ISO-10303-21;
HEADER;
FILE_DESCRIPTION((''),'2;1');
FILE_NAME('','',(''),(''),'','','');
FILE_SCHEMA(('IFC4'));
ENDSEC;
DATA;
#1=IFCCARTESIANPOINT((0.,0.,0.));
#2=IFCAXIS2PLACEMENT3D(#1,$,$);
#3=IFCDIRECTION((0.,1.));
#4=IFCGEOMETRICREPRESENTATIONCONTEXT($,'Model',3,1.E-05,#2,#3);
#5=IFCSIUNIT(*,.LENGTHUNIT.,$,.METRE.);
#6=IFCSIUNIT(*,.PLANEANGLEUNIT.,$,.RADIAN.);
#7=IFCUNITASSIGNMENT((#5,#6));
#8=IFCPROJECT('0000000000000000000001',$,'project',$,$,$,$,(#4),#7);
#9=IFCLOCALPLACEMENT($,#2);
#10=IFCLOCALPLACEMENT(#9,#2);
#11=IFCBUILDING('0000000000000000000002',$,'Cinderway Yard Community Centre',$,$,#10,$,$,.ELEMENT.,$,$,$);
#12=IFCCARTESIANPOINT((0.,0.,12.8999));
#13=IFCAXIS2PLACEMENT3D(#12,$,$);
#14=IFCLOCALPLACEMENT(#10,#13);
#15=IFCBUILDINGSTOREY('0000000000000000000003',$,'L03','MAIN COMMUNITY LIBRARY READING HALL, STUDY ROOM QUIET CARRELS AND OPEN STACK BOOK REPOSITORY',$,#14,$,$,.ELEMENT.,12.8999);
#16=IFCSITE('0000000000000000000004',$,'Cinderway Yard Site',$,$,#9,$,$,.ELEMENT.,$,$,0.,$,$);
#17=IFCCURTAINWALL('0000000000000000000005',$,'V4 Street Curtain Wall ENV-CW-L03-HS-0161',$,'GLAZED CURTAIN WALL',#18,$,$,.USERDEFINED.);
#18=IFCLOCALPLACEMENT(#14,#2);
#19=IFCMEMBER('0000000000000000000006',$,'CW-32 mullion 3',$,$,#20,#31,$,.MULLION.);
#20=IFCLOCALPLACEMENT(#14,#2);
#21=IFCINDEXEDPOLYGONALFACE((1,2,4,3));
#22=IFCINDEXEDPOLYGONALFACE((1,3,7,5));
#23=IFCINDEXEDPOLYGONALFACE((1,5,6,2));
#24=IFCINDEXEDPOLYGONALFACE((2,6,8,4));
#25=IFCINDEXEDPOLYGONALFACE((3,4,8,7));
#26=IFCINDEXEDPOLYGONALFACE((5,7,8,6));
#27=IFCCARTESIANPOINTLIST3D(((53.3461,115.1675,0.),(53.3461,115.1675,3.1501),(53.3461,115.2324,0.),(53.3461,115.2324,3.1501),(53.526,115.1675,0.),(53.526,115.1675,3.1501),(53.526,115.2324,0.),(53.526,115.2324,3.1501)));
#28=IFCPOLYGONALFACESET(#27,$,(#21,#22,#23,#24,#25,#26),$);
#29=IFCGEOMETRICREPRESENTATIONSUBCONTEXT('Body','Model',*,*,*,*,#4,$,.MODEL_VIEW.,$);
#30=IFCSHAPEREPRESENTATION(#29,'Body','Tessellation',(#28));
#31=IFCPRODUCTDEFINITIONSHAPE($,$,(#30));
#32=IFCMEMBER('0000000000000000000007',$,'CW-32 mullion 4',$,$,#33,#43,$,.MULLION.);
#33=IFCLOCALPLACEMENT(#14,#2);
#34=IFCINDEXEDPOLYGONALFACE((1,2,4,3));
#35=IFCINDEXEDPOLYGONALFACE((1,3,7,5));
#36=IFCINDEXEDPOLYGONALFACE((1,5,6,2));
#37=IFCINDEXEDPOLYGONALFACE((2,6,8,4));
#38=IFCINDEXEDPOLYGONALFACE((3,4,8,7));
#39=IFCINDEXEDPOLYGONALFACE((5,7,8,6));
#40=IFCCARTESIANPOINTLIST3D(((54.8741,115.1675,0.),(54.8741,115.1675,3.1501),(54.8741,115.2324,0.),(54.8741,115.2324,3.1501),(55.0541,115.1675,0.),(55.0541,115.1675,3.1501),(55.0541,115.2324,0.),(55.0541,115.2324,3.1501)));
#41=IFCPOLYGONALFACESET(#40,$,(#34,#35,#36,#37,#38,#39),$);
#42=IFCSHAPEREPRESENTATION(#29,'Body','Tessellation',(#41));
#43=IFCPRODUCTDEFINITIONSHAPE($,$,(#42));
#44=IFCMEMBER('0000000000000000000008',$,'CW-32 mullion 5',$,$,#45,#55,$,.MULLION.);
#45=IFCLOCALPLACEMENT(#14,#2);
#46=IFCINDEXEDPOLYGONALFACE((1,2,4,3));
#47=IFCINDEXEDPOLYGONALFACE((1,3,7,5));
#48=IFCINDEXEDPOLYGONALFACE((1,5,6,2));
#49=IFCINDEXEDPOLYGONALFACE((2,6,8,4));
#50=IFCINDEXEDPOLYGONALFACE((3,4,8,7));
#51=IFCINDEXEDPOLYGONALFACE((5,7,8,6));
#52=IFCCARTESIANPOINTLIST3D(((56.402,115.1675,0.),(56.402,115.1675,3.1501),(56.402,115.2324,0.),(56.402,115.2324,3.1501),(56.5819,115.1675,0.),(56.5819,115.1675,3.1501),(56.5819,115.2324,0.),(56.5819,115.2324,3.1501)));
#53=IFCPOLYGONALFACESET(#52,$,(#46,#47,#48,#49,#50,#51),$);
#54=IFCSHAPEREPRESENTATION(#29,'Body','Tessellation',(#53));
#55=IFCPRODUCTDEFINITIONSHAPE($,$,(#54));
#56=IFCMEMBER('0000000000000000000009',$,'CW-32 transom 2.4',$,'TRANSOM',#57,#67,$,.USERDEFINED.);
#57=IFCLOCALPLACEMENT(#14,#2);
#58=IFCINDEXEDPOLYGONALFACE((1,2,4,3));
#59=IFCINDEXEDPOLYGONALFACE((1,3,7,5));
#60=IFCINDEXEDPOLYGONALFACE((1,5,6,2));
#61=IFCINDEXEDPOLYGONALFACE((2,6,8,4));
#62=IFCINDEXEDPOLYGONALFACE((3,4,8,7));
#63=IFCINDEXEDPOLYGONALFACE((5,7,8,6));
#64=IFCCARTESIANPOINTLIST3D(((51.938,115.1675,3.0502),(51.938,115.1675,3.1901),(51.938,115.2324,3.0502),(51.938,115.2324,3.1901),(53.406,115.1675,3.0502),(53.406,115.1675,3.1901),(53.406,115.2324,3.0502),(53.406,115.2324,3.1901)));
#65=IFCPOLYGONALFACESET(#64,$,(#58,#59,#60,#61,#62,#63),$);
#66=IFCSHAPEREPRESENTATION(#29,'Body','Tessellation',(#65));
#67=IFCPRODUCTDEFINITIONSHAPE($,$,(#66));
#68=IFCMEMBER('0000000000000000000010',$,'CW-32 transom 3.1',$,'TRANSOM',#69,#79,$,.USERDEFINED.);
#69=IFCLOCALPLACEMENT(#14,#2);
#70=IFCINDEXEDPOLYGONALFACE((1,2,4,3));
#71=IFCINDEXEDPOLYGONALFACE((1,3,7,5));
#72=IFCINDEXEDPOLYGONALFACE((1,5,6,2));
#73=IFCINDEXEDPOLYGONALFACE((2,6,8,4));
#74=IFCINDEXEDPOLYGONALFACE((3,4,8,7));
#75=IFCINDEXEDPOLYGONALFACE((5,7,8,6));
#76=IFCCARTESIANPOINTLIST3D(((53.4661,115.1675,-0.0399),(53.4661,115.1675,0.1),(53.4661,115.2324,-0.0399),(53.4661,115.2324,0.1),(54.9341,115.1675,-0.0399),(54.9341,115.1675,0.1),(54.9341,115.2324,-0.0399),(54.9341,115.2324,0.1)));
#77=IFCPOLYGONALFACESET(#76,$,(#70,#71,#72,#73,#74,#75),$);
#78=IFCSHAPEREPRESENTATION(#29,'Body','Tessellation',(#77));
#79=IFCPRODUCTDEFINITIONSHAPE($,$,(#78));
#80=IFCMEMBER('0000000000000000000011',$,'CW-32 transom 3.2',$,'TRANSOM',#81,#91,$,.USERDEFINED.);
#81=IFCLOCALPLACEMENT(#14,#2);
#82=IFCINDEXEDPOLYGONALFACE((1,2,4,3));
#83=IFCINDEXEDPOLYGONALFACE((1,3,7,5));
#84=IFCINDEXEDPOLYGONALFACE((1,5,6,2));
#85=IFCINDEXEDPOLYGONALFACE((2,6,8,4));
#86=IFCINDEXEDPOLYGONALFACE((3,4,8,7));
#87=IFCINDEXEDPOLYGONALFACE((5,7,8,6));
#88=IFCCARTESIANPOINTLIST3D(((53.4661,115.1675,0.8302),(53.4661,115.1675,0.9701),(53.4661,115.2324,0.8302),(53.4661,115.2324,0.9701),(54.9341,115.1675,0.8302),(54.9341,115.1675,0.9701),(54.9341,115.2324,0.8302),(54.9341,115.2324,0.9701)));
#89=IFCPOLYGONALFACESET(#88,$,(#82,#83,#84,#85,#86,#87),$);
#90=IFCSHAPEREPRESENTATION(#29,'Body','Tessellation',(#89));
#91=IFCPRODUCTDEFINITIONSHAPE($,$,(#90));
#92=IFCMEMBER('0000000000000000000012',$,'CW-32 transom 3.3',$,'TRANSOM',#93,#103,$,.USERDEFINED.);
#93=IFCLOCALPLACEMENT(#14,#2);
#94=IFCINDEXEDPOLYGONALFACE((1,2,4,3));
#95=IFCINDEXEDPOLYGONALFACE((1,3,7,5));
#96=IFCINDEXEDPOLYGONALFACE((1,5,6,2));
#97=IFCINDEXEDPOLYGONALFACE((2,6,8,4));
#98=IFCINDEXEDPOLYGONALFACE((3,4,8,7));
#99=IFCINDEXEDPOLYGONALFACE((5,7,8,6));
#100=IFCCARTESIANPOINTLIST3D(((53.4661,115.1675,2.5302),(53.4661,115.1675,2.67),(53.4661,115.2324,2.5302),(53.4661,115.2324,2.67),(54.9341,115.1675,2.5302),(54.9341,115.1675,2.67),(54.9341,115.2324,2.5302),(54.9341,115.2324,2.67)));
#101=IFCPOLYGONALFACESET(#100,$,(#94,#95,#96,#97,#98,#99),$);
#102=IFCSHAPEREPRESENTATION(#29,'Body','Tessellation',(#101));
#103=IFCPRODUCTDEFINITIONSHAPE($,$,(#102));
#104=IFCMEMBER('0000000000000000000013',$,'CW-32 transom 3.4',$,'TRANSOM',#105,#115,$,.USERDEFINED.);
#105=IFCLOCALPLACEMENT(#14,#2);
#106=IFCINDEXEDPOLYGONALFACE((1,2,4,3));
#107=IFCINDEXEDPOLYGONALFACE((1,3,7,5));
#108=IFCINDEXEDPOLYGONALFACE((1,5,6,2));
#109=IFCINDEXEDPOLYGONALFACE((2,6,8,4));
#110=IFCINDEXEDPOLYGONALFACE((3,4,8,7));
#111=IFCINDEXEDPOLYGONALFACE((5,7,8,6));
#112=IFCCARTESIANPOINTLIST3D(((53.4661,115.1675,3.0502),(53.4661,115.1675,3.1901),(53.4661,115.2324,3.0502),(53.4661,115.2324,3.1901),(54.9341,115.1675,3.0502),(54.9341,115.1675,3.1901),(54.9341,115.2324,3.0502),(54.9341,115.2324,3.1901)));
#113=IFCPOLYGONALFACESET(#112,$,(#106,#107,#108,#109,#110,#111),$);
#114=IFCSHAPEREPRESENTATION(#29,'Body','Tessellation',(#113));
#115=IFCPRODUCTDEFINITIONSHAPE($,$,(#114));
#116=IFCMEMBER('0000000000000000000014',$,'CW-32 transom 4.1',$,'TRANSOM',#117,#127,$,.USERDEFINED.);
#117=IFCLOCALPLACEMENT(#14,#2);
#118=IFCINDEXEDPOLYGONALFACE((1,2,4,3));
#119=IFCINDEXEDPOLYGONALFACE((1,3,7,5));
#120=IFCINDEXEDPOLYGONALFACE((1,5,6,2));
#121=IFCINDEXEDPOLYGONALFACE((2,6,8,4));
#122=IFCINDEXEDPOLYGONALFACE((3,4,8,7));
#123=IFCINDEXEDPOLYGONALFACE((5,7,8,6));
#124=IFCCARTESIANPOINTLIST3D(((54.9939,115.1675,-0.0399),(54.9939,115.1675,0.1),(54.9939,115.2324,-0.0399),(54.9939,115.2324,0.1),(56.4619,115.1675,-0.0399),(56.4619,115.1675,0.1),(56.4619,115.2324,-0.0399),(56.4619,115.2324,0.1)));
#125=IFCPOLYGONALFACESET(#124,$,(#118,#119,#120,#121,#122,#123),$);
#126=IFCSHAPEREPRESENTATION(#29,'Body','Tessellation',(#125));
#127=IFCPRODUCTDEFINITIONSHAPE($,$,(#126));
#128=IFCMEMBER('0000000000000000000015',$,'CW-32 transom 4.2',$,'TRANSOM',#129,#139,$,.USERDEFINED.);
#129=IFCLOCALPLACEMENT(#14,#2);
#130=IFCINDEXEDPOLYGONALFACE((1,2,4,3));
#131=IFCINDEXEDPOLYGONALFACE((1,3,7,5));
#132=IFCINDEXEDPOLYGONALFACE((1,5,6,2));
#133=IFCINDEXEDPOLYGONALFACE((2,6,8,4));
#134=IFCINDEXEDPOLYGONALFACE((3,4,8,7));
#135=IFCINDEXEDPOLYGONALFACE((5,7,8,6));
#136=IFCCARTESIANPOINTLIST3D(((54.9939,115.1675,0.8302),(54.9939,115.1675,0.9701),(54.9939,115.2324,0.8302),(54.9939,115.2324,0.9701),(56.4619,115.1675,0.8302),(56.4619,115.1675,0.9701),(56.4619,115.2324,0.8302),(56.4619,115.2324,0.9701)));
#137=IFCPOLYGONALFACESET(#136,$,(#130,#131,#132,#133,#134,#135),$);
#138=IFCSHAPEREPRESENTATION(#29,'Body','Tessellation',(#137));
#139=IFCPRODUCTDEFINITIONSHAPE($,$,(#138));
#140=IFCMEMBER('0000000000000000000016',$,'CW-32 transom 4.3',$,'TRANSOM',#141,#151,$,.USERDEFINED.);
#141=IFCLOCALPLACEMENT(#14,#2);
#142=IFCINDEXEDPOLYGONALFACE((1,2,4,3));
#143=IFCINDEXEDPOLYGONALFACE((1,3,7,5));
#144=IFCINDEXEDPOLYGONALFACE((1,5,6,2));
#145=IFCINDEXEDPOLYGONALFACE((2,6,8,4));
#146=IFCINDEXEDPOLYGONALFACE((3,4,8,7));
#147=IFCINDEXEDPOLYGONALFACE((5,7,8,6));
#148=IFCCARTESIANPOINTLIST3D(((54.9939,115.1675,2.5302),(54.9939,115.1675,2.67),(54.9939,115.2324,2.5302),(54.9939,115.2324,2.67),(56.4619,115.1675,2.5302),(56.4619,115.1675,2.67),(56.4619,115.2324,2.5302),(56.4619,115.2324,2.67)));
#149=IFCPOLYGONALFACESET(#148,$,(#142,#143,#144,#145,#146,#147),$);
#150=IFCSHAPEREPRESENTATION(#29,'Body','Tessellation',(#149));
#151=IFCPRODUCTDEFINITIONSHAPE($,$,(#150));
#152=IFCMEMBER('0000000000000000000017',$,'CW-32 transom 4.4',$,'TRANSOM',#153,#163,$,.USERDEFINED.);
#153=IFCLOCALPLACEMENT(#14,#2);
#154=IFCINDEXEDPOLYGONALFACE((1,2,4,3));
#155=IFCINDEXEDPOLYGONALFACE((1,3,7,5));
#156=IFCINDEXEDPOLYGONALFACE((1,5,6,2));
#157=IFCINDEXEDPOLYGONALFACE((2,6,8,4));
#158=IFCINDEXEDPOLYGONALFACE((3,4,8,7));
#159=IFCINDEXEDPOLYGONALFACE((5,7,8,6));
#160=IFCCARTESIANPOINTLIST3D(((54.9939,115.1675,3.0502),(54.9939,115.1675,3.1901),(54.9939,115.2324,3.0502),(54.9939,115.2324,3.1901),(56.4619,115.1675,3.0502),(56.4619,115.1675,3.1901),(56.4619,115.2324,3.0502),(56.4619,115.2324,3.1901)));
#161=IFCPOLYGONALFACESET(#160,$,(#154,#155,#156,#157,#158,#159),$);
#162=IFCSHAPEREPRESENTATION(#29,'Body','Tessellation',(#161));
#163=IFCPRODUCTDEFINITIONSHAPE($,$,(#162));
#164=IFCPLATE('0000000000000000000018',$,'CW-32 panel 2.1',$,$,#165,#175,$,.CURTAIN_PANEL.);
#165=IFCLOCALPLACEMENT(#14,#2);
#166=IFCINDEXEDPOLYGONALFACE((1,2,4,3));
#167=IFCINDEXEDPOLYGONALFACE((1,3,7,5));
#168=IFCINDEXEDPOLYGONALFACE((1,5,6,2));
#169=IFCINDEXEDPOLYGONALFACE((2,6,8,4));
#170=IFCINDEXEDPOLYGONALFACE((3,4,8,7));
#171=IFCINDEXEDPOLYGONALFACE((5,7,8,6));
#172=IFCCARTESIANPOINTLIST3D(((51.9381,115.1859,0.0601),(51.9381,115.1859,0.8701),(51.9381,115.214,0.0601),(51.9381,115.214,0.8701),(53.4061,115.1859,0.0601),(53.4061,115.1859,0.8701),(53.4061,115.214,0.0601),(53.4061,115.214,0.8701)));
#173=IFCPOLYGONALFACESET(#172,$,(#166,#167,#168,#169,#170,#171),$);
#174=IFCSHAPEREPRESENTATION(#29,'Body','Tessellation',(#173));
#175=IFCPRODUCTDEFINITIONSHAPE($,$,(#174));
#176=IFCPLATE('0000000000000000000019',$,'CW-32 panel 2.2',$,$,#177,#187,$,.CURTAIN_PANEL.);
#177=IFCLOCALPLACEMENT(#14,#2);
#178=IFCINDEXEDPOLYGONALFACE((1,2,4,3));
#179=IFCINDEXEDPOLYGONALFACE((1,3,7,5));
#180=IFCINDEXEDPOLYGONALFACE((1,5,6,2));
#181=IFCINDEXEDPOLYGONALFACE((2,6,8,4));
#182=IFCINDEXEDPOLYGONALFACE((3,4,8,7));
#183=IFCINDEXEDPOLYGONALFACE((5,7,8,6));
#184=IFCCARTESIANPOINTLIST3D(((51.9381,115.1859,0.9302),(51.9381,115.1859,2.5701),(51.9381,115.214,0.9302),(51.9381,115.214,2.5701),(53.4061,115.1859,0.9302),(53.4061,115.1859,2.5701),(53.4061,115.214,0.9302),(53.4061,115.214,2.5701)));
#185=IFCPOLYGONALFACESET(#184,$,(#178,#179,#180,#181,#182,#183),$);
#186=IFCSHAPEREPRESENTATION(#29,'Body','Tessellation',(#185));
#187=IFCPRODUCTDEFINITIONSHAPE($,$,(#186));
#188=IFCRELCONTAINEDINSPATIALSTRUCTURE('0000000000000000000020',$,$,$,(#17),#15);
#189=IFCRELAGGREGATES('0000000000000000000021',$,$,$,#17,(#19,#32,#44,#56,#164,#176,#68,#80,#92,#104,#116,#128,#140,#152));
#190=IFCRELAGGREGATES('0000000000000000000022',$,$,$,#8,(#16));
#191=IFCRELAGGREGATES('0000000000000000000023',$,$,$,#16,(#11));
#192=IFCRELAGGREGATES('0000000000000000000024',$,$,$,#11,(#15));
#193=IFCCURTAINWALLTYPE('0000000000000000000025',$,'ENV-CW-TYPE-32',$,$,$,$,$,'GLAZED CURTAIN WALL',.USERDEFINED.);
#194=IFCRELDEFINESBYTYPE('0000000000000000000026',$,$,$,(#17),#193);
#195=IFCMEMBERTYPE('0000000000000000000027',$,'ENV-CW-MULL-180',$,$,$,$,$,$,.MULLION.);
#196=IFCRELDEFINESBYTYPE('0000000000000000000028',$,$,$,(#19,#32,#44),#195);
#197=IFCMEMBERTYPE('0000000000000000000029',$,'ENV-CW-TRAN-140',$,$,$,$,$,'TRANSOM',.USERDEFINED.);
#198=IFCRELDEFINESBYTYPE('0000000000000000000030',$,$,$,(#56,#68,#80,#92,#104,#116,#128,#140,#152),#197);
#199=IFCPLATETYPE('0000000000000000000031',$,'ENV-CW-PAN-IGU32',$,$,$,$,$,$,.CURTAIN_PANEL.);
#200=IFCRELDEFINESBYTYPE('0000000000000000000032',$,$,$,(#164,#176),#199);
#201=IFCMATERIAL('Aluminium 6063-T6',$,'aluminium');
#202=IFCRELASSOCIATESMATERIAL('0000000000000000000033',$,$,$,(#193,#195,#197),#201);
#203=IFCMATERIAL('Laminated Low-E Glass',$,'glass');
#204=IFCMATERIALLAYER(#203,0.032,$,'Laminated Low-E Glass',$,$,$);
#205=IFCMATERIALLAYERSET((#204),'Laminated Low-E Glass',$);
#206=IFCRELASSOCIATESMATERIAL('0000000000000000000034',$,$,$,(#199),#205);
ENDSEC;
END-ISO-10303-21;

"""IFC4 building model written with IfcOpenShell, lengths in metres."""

from ifc_helpers import new_model, si_unit, direction, frame, origin, origin_2d, place, context, subcontext, project, spatial, rectangle, extrude, material, layer, layer_set, material_profile, profile_set, type_object, element, aggregate, save


model = new_model("IFC4")

# Units and contexts
model_context = context("Model", 3, precision=1e-05, world=origin(), true_north=direction((0.0, 1.0)))
body_context = subcontext(model_context, "Body", "Model", "MODEL_VIEW")
ifc_project = project(units=[si_unit("LENGTHUNIT", "METRE"), si_unit("PLANEANGLEUNIT", "RADIAN")], contexts=[model_context])

# Site, building, storey
site_placement = place(None, origin())
site = spatial("IfcSite", under=ifc_project, at=site_placement, Name="Cinderway Yard Site", CompositionType="ELEMENT", RefElevation=0.0)
building_placement = place(site_placement, origin())
building = spatial("IfcBuilding", under=site, at=building_placement, Name="Cinderway Yard Community Centre", CompositionType="ELEMENT")
storey_placement = place(building_placement, frame((0.0, 0.0, 12.8999)))
storey = spatial("IfcBuildingStorey", under=building, at=storey_placement, Name="L03", Description="MAIN COMMUNITY LIBRARY READING HALL, STUDY ROOM QUIET CARRELS AND OPEN STACK BOOK REPOSITORY", CompositionType="ELEMENT", Elevation=12.8999)

# Curtain wall, members, plates
ifc_material_1 = material(Name="Aluminium 6063-T6", Category="aluminium")
curtain_wall_type = type_object("IfcCurtainWallType", Name="ENV-CW-TYPE-32", ElementType="GLAZED CURTAIN WALL", PredefinedType="USERDEFINED", material=ifc_material_1)
curtain_wall_placement = place(storey_placement, origin())
curtain_wall = element("IfcCurtainWall", 1, at=curtain_wall_placement, inside=storey, type_object=curtain_wall_type, Name="V4 Street Curtain Wall ENV-CW-L03-HS-0161", ObjectType="GLAZED CURTAIN WALL", PredefinedType="USERDEFINED")
ifc_material_profile_1 = material_profile(ifc_material_1, rectangle(XDim=0.0649, YDim=0.1799, at=origin_2d()), Name="Aluminium 6063-T6")
ifc_profile_set_1 = profile_set([ifc_material_profile_1], Name="Aluminium 6063-T6")
member_type_1 = type_object("IfcMemberType", Name="ENV-CW-MULL-180", PredefinedType="MULLION", material=ifc_profile_set_1)
member_1_placement = place(storey_placement, frame((53.436, 115.2, 0.0), z_axis=(0.0, 0.0, 1.0), x_axis=(0.0, 1.0, 0.0)))
member_1 = element("IfcMember", 2, at=member_1_placement, type_object=member_type_1, Name="CW-32 mullion 3", PredefinedType="MULLION", context=body_context, shape_type="SweptSolid", body=[
    extrude(rectangle(XDim=0.0649, YDim=0.1799, at=origin_2d()), origin(), (0.0, 0.0, 1.0), 3.1501),
])
member_2_placement = place(storey_placement, frame((54.9641, 115.2, 0.0), z_axis=(0.0, 0.0, 1.0), x_axis=(0.0, 1.0, 0.0)))
member_2 = element("IfcMember", 3, at=member_2_placement, type_object=member_type_1, Name="CW-32 mullion 4", PredefinedType="MULLION", context=body_context, shape_type="SweptSolid", body=[
    extrude(rectangle(XDim=0.0649, YDim=0.1799, at=origin_2d()), origin(), (0.0, 0.0, 1.0), 3.1501),
])
member_3_placement = place(storey_placement, frame((56.4919, 115.2, 0.0), z_axis=(0.0, 0.0, 1.0), x_axis=(0.0, 1.0, 0.0)))
member_3 = element("IfcMember", 4, at=member_3_placement, type_object=member_type_1, Name="CW-32 mullion 5", PredefinedType="MULLION", context=body_context, shape_type="SweptSolid", body=[
    extrude(rectangle(XDim=0.0649, YDim=0.1799, at=origin_2d()), origin(), (0.0, 0.0, 1.0), 3.1501),
])
ifc_material_profile_2 = material_profile(ifc_material_1, rectangle(XDim=0.0649, YDim=0.1399, at=origin_2d()), Name="Aluminium 6063-T6")
ifc_profile_set_2 = profile_set([ifc_material_profile_2], Name="Aluminium 6063-T6")
member_type_2 = type_object("IfcMemberType", Name="ENV-CW-TRAN-140", ElementType="TRANSOM", PredefinedType="USERDEFINED", material=ifc_profile_set_2)
member_4_placement = place(storey_placement, frame((51.938, 115.2, 3.1201), z_axis=(1.0, 0.0, 0.0), x_axis=(0.0, 1.0, 0.0)))
member_4 = element("IfcMember", 5, at=member_4_placement, type_object=member_type_2, Name="CW-32 transom 2.4", ObjectType="TRANSOM", PredefinedType="USERDEFINED", context=body_context, shape_type="SweptSolid", body=[
    extrude(rectangle(XDim=0.0649, YDim=0.1399, at=origin_2d()), origin(), (0.0, 0.0, 1.0), 1.468),
])
member_5_placement = place(storey_placement, frame((53.4661, 115.2, 0.03), z_axis=(1.0, 0.0, 0.0), x_axis=(0.0, 1.0, 0.0)))
member_5 = element("IfcMember", 6, at=member_5_placement, type_object=member_type_2, Name="CW-32 transom 3.1", ObjectType="TRANSOM", PredefinedType="USERDEFINED", context=body_context, shape_type="SweptSolid", body=[
    extrude(rectangle(XDim=0.0649, YDim=0.1399, at=origin_2d()), origin(), (0.0, 0.0, 1.0), 1.468),
])
member_6_placement = place(storey_placement, frame((53.4661, 115.2, 0.9001), z_axis=(1.0, 0.0, 0.0), x_axis=(0.0, 1.0, 0.0)))
member_6 = element("IfcMember", 7, at=member_6_placement, type_object=member_type_2, Name="CW-32 transom 3.2", ObjectType="TRANSOM", PredefinedType="USERDEFINED", context=body_context, shape_type="SweptSolid", body=[
    extrude(rectangle(XDim=0.0649, YDim=0.1399, at=origin_2d()), origin(), (0.0, 0.0, 1.0), 1.468),
])
member_7_placement = place(storey_placement, frame((53.4661, 115.2, 2.6001), z_axis=(1.0, 0.0, 0.0), x_axis=(0.0, 1.0, 0.0)))
member_7 = element("IfcMember", 8, at=member_7_placement, type_object=member_type_2, Name="CW-32 transom 3.3", ObjectType="TRANSOM", PredefinedType="USERDEFINED", context=body_context, shape_type="SweptSolid", body=[
    extrude(rectangle(XDim=0.0649, YDim=0.1399, at=origin_2d()), origin(), (0.0, 0.0, 1.0), 1.468),
])
member_8_placement = place(storey_placement, frame((53.4661, 115.2, 3.1201), z_axis=(1.0, 0.0, 0.0), x_axis=(0.0, 1.0, 0.0)))
member_8 = element("IfcMember", 9, at=member_8_placement, type_object=member_type_2, Name="CW-32 transom 3.4", ObjectType="TRANSOM", PredefinedType="USERDEFINED", context=body_context, shape_type="SweptSolid", body=[
    extrude(rectangle(XDim=0.0649, YDim=0.1399, at=origin_2d()), origin(), (0.0, 0.0, 1.0), 1.468),
])
member_9_placement = place(storey_placement, frame((54.9939, 115.2, 0.03), z_axis=(1.0, 0.0, 0.0), x_axis=(0.0, 1.0, 0.0)))
member_9 = element("IfcMember", 10, at=member_9_placement, type_object=member_type_2, Name="CW-32 transom 4.1", ObjectType="TRANSOM", PredefinedType="USERDEFINED", context=body_context, shape_type="SweptSolid", body=[
    extrude(rectangle(XDim=0.0649, YDim=0.1399, at=origin_2d()), origin(), (0.0, 0.0, 1.0), 1.468),
])
member_10_placement = place(storey_placement, frame((54.9939, 115.2, 0.9001), z_axis=(1.0, 0.0, 0.0), x_axis=(0.0, 1.0, 0.0)))
member_10 = element("IfcMember", 11, at=member_10_placement, type_object=member_type_2, Name="CW-32 transom 4.2", ObjectType="TRANSOM", PredefinedType="USERDEFINED", context=body_context, shape_type="SweptSolid", body=[
    extrude(rectangle(XDim=0.0649, YDim=0.1399, at=origin_2d()), origin(), (0.0, 0.0, 1.0), 1.468),
])
member_11_placement = place(storey_placement, frame((54.9939, 115.2, 2.6001), z_axis=(1.0, 0.0, 0.0), x_axis=(0.0, 1.0, 0.0)))
member_11 = element("IfcMember", 12, at=member_11_placement, type_object=member_type_2, Name="CW-32 transom 4.3", ObjectType="TRANSOM", PredefinedType="USERDEFINED", context=body_context, shape_type="SweptSolid", body=[
    extrude(rectangle(XDim=0.0649, YDim=0.1399, at=origin_2d()), origin(), (0.0, 0.0, 1.0), 1.468),
])
member_12_placement = place(storey_placement, frame((54.9939, 115.2, 3.1201), z_axis=(1.0, 0.0, 0.0), x_axis=(0.0, 1.0, 0.0)))
member_12 = element("IfcMember", 13, at=member_12_placement, type_object=member_type_2, Name="CW-32 transom 4.4", ObjectType="TRANSOM", PredefinedType="USERDEFINED", context=body_context, shape_type="SweptSolid", body=[
    extrude(rectangle(XDim=0.0649, YDim=0.1399, at=origin_2d()), origin(), (0.0, 0.0, 1.0), 1.468),
])
ifc_material_2 = material(Name="Laminated Low-E Glass", Category="glass")
ifc_layer_1 = layer(ifc_material_2, 0.032, Name="Laminated Low-E Glass")
ifc_layer_set_1 = layer_set([ifc_layer_1], Name="Laminated Low-E Glass")
plate_type = type_object("IfcPlateType", Name="ENV-CW-PAN-IGU32", PredefinedType="CURTAIN_PANEL", material=ifc_layer_set_1)
plate_1_placement = place(storey_placement, frame((52.6721, 115.2, 0.0601), z_axis=(0.0, 0.0, 1.0), x_axis=(1.0, 0.0, 0.0)))
plate_1 = element("IfcPlate", 14, at=plate_1_placement, type_object=plate_type, Name="CW-32 panel 2.1", PredefinedType="CURTAIN_PANEL", context=body_context, shape_type="SweptSolid", body=[
    extrude(rectangle(XDim=1.468, YDim=0.0281, at=origin_2d()), origin(), (0.0, 0.0, 1.0), 0.8101),
])
plate_2_placement = place(storey_placement, frame((52.6721, 115.2, 0.9302), z_axis=(0.0, 0.0, 1.0), x_axis=(1.0, 0.0, 0.0)))
plate_2 = element("IfcPlate", 15, at=plate_2_placement, type_object=plate_type, Name="CW-32 panel 2.2", PredefinedType="CURTAIN_PANEL", context=body_context, shape_type="SweptSolid", body=[
    extrude(rectangle(XDim=1.468, YDim=0.0281, at=origin_2d()), origin(), (0.0, 0.0, 1.0), 1.6399),
])
aggregate(curtain_wall, [member_1, member_2, member_3, member_4, plate_1, plate_2, member_5, member_6, member_7, member_8, member_9, member_10, member_11, member_12])

save(model, "model.ifc")
